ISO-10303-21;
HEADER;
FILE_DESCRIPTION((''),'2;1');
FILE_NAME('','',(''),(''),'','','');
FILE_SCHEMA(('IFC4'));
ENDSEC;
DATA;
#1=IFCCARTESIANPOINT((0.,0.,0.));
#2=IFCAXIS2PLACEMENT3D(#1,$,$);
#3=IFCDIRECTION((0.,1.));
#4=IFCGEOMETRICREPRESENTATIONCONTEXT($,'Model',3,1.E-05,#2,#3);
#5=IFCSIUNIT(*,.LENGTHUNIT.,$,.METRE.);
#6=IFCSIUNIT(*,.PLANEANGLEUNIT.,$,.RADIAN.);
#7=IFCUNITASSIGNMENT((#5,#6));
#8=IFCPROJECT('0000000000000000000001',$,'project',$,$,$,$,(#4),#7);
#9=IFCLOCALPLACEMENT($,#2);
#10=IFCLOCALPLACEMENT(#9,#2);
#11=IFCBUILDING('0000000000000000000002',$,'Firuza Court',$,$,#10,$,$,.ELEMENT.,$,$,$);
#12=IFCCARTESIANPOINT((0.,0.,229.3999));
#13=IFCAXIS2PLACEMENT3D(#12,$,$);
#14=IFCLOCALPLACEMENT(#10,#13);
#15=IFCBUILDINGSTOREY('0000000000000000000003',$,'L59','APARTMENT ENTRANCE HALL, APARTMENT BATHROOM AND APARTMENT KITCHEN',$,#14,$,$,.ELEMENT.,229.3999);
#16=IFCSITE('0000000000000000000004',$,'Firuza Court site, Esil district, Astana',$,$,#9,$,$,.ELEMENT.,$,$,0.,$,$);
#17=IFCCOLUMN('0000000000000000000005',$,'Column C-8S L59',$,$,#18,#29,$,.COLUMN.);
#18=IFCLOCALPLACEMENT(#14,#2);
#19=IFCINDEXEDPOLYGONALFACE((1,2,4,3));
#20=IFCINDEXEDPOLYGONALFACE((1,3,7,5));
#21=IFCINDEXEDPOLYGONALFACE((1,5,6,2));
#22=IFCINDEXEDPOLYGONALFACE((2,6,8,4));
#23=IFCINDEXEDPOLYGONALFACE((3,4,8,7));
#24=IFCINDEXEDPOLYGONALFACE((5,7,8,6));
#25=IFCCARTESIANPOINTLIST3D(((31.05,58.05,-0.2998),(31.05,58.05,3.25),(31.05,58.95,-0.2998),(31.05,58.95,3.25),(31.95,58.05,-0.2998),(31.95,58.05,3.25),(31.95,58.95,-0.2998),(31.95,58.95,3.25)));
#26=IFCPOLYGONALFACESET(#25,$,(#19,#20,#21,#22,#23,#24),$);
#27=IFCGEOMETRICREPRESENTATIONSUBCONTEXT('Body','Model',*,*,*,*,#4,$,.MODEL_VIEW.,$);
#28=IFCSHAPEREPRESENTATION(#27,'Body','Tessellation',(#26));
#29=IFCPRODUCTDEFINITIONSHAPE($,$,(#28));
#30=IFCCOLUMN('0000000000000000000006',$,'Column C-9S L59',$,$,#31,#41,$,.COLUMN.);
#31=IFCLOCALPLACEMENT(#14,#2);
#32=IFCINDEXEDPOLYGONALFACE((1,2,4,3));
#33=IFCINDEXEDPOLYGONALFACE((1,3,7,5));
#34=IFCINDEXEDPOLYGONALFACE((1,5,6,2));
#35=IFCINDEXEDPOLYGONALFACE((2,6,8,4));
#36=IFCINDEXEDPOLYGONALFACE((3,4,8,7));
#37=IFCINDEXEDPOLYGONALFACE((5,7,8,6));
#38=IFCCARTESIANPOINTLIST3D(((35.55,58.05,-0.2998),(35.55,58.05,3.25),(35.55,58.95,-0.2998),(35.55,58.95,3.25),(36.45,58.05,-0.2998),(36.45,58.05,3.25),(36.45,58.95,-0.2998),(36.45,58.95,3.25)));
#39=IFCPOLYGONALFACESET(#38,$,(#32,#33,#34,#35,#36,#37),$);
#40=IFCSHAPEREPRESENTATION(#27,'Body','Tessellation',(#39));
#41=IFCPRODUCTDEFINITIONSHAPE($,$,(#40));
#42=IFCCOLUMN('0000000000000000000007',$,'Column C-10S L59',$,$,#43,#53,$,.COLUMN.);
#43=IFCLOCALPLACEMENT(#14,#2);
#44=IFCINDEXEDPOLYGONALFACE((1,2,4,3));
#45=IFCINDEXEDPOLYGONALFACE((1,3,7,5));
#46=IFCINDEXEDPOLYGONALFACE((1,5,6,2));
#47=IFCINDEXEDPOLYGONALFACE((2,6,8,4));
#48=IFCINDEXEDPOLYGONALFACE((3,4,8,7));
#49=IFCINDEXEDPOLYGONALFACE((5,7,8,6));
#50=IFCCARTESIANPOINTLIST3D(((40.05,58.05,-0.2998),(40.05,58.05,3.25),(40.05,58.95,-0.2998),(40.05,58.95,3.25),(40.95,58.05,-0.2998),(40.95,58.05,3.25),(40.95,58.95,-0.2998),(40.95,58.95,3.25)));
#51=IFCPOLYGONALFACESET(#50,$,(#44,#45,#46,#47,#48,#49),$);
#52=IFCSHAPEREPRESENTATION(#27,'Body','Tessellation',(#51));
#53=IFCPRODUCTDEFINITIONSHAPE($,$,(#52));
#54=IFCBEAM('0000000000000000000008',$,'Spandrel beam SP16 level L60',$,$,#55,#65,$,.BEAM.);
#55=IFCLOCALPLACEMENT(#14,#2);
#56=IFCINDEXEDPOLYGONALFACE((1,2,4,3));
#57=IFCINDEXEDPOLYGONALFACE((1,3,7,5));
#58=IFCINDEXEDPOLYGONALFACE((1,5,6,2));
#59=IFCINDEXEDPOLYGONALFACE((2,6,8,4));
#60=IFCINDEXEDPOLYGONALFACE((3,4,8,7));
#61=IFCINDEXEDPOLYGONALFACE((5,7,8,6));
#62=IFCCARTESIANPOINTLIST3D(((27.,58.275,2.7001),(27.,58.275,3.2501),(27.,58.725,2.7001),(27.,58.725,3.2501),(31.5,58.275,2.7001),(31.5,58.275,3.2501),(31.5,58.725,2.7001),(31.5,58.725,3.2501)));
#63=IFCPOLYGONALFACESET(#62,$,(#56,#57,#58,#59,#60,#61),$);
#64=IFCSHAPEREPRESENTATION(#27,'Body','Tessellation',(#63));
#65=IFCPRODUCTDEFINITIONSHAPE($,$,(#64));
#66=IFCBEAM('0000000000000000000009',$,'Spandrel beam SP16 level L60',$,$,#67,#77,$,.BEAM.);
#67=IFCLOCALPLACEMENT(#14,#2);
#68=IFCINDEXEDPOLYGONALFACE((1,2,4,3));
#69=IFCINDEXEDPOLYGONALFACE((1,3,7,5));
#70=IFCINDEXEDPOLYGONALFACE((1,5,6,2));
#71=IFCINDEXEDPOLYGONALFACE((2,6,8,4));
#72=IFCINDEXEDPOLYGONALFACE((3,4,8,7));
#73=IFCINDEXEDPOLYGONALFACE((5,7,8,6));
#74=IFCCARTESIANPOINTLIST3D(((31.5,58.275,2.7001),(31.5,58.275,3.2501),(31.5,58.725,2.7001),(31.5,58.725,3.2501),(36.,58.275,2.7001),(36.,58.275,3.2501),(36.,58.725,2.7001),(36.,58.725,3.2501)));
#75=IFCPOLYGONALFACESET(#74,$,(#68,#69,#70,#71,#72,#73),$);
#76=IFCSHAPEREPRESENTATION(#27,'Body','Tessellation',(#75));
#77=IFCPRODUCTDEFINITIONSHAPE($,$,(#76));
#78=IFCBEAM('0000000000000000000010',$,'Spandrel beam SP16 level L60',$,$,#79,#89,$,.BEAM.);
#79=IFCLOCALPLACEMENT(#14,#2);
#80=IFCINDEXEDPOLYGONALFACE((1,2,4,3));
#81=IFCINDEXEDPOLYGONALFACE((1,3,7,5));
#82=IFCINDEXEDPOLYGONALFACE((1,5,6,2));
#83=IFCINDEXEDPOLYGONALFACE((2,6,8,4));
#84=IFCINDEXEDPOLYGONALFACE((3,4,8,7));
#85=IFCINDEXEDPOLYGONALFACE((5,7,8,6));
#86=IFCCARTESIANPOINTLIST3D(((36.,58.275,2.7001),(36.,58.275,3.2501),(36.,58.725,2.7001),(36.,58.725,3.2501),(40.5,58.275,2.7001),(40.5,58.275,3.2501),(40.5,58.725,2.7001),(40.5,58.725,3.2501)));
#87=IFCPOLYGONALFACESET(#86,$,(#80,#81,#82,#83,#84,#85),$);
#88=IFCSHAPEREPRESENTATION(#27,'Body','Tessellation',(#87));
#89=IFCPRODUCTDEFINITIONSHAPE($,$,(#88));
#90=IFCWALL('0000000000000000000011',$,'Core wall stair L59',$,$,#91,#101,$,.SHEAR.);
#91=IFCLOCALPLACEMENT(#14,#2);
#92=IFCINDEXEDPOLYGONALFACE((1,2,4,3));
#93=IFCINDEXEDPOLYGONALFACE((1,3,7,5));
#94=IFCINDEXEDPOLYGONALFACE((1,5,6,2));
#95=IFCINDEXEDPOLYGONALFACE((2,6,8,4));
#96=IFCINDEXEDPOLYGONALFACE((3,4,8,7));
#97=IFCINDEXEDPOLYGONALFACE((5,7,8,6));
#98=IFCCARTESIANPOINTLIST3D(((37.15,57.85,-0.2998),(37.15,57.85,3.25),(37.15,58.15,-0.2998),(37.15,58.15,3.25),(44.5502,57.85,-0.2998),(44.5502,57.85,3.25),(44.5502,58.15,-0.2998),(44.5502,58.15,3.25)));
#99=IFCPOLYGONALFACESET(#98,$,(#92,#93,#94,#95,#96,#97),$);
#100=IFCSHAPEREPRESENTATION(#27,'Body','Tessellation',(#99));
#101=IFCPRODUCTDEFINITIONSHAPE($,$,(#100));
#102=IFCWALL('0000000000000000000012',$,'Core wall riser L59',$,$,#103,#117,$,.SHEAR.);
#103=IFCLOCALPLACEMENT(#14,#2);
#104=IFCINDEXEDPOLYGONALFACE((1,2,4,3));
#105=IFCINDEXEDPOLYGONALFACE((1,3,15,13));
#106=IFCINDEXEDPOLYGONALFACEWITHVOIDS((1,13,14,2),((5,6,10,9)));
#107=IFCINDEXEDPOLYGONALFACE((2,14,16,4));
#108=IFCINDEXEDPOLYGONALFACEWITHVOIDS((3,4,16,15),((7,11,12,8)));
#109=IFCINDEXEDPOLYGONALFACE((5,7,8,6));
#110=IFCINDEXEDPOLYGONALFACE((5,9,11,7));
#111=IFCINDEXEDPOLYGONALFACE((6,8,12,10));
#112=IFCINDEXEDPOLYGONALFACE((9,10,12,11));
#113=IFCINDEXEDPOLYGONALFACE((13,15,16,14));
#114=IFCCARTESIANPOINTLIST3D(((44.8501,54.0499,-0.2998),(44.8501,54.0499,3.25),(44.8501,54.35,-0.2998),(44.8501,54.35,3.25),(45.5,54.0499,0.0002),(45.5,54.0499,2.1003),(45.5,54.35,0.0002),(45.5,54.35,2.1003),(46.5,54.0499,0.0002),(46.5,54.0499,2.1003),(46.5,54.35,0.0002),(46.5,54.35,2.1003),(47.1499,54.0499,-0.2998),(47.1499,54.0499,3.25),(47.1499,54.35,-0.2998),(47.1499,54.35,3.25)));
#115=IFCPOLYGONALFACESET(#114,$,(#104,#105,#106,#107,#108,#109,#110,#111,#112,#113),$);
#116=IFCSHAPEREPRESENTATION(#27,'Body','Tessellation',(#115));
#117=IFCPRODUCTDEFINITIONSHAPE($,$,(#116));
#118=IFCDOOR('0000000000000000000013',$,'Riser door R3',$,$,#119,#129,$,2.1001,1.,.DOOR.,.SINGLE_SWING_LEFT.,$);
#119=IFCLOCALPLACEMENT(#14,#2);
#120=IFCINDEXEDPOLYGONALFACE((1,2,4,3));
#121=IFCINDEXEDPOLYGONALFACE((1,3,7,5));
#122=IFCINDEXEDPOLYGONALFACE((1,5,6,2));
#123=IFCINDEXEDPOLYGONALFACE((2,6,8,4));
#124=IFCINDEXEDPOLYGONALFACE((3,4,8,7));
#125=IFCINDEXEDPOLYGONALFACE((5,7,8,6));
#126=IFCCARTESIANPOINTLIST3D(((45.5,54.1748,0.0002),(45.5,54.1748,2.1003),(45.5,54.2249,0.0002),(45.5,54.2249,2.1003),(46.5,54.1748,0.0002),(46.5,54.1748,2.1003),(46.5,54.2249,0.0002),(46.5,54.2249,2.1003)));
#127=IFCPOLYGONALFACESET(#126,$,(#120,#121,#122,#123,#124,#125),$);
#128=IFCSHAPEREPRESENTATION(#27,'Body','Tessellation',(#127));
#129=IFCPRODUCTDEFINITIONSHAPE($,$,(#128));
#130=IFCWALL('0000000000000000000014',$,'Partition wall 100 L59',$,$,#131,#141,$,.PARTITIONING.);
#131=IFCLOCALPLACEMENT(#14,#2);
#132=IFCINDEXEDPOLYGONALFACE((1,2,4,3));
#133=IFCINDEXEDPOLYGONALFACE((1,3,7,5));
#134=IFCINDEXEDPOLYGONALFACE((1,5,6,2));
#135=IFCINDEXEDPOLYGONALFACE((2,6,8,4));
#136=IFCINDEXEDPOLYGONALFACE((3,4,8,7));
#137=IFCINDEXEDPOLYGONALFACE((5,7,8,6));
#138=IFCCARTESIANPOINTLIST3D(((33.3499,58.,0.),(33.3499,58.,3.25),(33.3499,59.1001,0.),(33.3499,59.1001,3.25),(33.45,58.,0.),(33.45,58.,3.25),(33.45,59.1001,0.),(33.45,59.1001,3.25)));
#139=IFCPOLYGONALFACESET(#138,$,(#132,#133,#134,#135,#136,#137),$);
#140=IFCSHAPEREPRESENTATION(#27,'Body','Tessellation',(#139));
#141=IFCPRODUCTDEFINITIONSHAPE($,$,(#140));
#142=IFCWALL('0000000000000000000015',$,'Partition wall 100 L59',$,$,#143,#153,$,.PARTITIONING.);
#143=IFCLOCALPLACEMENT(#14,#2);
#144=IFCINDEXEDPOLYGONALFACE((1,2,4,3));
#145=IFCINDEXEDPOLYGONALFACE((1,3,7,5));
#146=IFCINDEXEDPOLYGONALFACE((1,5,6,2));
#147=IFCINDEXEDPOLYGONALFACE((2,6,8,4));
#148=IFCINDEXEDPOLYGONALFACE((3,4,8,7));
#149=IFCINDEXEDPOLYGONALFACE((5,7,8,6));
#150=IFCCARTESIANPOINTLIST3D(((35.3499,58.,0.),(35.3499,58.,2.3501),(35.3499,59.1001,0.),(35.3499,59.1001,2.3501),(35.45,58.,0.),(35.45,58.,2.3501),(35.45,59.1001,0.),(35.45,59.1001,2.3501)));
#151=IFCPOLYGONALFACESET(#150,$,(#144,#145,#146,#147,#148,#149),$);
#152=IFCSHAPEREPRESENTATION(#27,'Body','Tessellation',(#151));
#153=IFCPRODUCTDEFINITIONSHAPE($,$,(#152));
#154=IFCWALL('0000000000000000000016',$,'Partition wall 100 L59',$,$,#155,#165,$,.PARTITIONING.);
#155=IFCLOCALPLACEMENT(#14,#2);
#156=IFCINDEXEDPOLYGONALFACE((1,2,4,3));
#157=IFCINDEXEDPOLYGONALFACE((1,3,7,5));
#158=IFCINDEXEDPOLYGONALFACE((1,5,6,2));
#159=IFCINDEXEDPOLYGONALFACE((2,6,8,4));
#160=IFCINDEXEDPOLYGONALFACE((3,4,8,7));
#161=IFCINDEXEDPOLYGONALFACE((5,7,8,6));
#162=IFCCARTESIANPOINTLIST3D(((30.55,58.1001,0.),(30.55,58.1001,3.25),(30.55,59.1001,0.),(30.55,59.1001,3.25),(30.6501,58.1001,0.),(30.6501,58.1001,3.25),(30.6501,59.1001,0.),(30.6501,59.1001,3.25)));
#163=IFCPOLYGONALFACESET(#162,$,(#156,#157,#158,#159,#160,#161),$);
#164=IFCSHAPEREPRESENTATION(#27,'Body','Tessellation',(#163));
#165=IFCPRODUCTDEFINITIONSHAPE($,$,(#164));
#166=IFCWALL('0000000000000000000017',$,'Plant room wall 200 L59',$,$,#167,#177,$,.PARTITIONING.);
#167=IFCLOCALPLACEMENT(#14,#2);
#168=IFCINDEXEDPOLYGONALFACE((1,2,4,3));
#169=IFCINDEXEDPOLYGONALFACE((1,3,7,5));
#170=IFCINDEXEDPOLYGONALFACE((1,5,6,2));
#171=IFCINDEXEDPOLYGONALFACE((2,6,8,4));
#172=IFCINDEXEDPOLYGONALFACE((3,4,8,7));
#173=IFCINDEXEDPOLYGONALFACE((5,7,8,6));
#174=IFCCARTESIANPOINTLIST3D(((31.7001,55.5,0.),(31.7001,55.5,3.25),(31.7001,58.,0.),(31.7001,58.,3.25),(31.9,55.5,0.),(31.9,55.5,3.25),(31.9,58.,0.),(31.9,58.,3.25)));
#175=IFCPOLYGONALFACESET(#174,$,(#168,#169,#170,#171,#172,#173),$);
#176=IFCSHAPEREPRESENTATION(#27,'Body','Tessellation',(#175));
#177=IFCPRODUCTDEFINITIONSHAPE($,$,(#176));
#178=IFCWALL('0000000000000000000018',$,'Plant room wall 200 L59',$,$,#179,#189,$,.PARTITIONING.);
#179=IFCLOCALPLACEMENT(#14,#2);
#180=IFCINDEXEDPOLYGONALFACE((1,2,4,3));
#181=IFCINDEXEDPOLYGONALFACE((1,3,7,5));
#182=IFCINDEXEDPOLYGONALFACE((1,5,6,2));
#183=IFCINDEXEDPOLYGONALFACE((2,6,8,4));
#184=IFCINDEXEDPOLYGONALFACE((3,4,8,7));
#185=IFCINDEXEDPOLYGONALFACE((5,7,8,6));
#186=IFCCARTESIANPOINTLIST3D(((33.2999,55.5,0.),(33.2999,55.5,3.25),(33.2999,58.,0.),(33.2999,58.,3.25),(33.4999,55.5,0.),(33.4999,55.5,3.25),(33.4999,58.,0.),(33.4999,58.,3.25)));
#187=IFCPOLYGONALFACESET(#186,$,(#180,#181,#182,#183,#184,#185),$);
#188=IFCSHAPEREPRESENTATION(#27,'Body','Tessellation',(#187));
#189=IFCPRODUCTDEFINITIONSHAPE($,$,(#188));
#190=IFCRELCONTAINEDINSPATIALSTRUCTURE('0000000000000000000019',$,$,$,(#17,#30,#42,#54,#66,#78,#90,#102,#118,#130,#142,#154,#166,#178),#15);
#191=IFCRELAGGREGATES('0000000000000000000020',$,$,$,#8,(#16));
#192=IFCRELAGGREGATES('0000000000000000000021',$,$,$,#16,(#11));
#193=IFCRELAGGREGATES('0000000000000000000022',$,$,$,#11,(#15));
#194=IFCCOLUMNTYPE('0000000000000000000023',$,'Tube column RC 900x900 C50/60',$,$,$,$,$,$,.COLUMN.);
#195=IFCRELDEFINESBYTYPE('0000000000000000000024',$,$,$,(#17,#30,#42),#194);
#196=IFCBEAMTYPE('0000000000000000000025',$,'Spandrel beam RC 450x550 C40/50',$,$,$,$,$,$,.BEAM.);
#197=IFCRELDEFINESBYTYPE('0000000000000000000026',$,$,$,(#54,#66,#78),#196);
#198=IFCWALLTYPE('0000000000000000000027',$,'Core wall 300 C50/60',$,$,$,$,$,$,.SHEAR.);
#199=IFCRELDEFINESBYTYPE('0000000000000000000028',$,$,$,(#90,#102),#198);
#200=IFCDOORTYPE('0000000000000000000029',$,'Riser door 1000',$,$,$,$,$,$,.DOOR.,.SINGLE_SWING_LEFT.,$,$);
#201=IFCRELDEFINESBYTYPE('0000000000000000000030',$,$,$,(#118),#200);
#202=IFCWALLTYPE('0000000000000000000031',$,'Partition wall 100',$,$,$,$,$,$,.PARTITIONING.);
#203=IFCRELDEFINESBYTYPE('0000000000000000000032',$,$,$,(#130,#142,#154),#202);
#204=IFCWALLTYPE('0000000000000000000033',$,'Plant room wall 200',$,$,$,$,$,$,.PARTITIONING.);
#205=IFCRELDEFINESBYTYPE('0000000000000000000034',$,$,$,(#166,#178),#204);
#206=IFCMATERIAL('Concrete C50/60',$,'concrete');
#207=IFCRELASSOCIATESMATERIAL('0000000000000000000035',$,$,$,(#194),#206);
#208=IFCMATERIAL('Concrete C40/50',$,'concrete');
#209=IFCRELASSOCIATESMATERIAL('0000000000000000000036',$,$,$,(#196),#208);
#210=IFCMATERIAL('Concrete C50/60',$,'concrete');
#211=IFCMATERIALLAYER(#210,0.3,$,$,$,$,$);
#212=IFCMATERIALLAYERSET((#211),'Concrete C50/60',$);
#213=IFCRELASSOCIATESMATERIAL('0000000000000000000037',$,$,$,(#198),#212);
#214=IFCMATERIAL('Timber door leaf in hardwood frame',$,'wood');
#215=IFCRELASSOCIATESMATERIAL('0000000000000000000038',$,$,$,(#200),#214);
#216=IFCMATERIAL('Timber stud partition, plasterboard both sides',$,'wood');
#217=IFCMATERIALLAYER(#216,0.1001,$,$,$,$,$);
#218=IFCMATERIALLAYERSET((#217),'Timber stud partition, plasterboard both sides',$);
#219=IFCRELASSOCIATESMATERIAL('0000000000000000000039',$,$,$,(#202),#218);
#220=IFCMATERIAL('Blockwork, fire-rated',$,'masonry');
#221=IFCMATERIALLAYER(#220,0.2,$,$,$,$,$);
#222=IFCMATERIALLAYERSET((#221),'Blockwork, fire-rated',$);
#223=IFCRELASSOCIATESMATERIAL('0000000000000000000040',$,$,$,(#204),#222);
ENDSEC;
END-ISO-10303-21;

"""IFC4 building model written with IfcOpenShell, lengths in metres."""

from ifc_helpers import new_model, si_unit, direction, frame, frame_2d, origin, origin_2d, place, context, subcontext, project, spatial, rectangle, extrude, material, layer, layer_set, material_profile, profile_set, type_object, element, fill, save


model = new_model("IFC4")

# Units and contexts
model_context = context("Model", 3, precision=1e-05, world=origin(), true_north=direction((0.0, 1.0)))
body_context = subcontext(model_context, "Body", "Model", "MODEL_VIEW")
ifc_project = project(units=[si_unit("LENGTHUNIT", "METRE"), si_unit("PLANEANGLEUNIT", "RADIAN")], contexts=[model_context])

# Site, building, storey
site_placement = place(None, origin())
site = spatial("IfcSite", under=ifc_project, at=site_placement, Name="Firuza Court site, Esil district, Astana", CompositionType="ELEMENT", RefElevation=0.0)
building_placement = place(site_placement, origin())
building = spatial("IfcBuilding", under=site, at=building_placement, Name="Firuza Court", CompositionType="ELEMENT")
storey_placement = place(building_placement, frame((0.0, 0.0, 229.3999)))
storey = spatial("IfcBuildingStorey", under=building, at=storey_placement, Name="L59", Description="APARTMENT ENTRANCE HALL, APARTMENT BATHROOM AND APARTMENT KITCHEN", CompositionType="ELEMENT", Elevation=229.3999)

# Columns
ifc_material_1 = material(Name="Concrete C50/60", Category="concrete")
ifc_material_profile_1 = material_profile(ifc_material_1, rectangle(XDim=0.8999, YDim=0.8999, at=origin_2d()), Name="RC 900x900")
ifc_profile_set_1 = profile_set([ifc_material_profile_1], Name="Concrete C50/60")
column_type = type_object("IfcColumnType", Name="Tube column RC 900x900 C50/60", PredefinedType="COLUMN", material=ifc_profile_set_1)
for number, where, z_axis, x_axis, name in (
    (1, (31.5, 58.5, -0.2998), (0.0, 0.0, 1.0), (1.0, 0.0, 0.0), "Column C-8S L59"),
    (2, (36.0, 58.5, -0.2998), (0.0, 0.0, 1.0), (1.0, 0.0, 0.0), "Column C-9S L59"),
    (3, (40.5, 58.5, -0.2998), (0.0, 0.0, 1.0), (1.0, 0.0, 0.0), "Column C-10S L59"),
):
    element("IfcColumn", number, at=place(storey_placement, frame(where, z_axis=z_axis, x_axis=x_axis)), inside=storey, type_object=column_type, Name=name, PredefinedType="COLUMN", context=body_context, shape_type="SweptSolid", body=[
        extrude(rectangle(XDim=0.8999, YDim=0.8999, at=origin_2d()), origin(), (0.0, 0.0, 1.0), 3.5498),
    ])

# Beams
ifc_material_2 = material(Name="Concrete C40/50", Category="concrete")
ifc_material_profile_2 = material_profile(ifc_material_2, rectangle(XDim=0.45, YDim=0.55, at=origin_2d()), Name="RC 450x550")
ifc_profile_set_2 = profile_set([ifc_material_profile_2], Name="Concrete C40/50")
beam_type = type_object("IfcBeamType", Name="Spandrel beam RC 450x550 C40/50", PredefinedType="BEAM", material=ifc_profile_set_2)
for number, where, z_axis, x_axis, name in (
    (4, (31.5, 58.5, 2.9751), (-1.0, 0.0, 0.0), (0.0, -1.0, 0.0), "Spandrel beam SP16 level L60"),
    (5, (36.0, 58.5, 2.9751), (-1.0, 0.0, 0.0), (0.0, -1.0, 0.0), "Spandrel beam SP16 level L60"),
    (6, (40.5, 58.5, 2.9751), (-1.0, 0.0, 0.0), (0.0, -1.0, 0.0), "Spandrel beam SP16 level L60"),
):
    element("IfcBeam", number, at=place(storey_placement, frame(where, z_axis=z_axis, x_axis=x_axis)), inside=storey, type_object=beam_type, Name=name, PredefinedType="BEAM", context=body_context, shape_type="SweptSolid", body=[
        extrude(rectangle(XDim=0.45, YDim=0.55, at=origin_2d()), origin(), (0.0, 0.0, 1.0), 4.5),
    ])

# Wall
ifc_material_3 = material(Name="Concrete C50/60", Category="concrete")
ifc_layer_1 = layer(ifc_material_3, 0.3)
ifc_layer_set_1 = layer_set([ifc_layer_1], Name="Concrete C50/60")
wall_type_1 = type_object("IfcWallType", Name="Core wall 300 C50/60", PredefinedType="SHEAR", material=ifc_layer_set_1)
wall_1_placement = place(storey_placement, frame((37.1499, 58.0, -0.2998), z_axis=(0.0, 0.0, 1.0), x_axis=(1.0, 0.0, 0.0)))
element("IfcWall", 7, at=wall_1_placement, inside=storey, type_object=wall_type_1, Name="Core wall stair L59", PredefinedType="SHEAR", context=body_context, shape_type="SweptSolid", body=[
    extrude(rectangle(XDim=7.4001, YDim=0.3, at=frame_2d((3.7002, 0.0))), origin(), (0.0, 0.0, 1.0), 3.5498),
])

# Wall, opening, door
wall_2_placement = place(storey_placement, frame((44.8501, 54.2, -0.2998), z_axis=(0.0, 0.0, 1.0), x_axis=(1.0, 0.0, 0.0)))
wall_2 = element("IfcWall", 8, at=wall_2_placement, inside=storey, type_object=wall_type_1, Name="Core wall riser L59", PredefinedType="SHEAR", context=body_context, shape_type="SweptSolid", body=[
    extrude(rectangle(XDim=2.2998, YDim=0.3, at=frame_2d((1.1499, 0.0))), origin(), (0.0, 0.0, 1.0), 3.5498),
])
opening_1_placement = place(wall_2_placement, frame((0.6499, 0.0, 0.3)))
opening_1 = element("IfcOpeningElement", 9, at=opening_1_placement, cuts=wall_2, PredefinedType="OPENING", context=body_context, shape_type="SweptSolid", body=[
    extrude(rectangle(XDim=1.0, YDim=2.1001, at=frame_2d((0.5, 1.05))), frame((0.0, 0.1621, 0.0), z_axis=(0.0, -1.0, 0.0), x_axis=(1.0, 0.0, 0.0)), (0.0, 0.0, 1.0), 0.324),
])
ifc_material_4 = material(Name="Timber door leaf in hardwood frame", Category="wood")
door_type = type_object("IfcDoorType", Name="Riser door 1000", OperationType="SINGLE_SWING_LEFT", PredefinedType="DOOR", material=ifc_material_4)
door_1_placement = place(opening_1_placement, origin())
door_1 = element("IfcDoor", 10, at=door_1_placement, inside=storey, type_object=door_type, Name="Riser door R3", OperationType="SINGLE_SWING_LEFT", OverallHeight=2.1001, OverallWidth=1.0, PredefinedType="DOOR", context=body_context, shape_type="SweptSolid", body=[
    extrude(rectangle(XDim=1.0, YDim=2.1001, at=frame_2d((0.5, 1.05))), frame((0.0, 0.0249, 0.0), z_axis=(0.0, -1.0, 0.0), x_axis=(1.0, 0.0, 0.0)), (0.0, 0.0, 1.0), 0.05),
])
fill(opening_1, door_1)

# Walls
ifc_material_5 = material(Name="Timber stud partition, plasterboard both sides", Category="wood")
ifc_layer_2 = layer(ifc_material_5, 0.1001)
ifc_layer_set_2 = layer_set([ifc_layer_2], Name="Timber stud partition, plasterboard both sides")
wall_type_2 = type_object("IfcWallType", Name="Partition wall 100", PredefinedType="PARTITIONING", material=ifc_layer_set_2)
wall_3_placement = place(storey_placement, frame((33.3999, 58.0, 0.0), z_axis=(0.0, 0.0, 1.0), x_axis=(0.0, 1.0, 0.0)))
element("IfcWall", 11, at=wall_3_placement, inside=storey, type_object=wall_type_2, Name="Partition wall 100 L59", PredefinedType="PARTITIONING", context=body_context, shape_type="SweptSolid", body=[
    extrude(rectangle(XDim=1.1001, YDim=0.1001, at=frame_2d((0.55, 0.0))), origin(), (0.0, 0.0, 1.0), 3.25),
])
wall_4_placement = place(storey_placement, frame((35.3999, 58.0, 0.0), z_axis=(0.0, 0.0, 1.0), x_axis=(0.0, 1.0, 0.0)))
element("IfcWall", 12, at=wall_4_placement, inside=storey, type_object=wall_type_2, Name="Partition wall 100 L59", PredefinedType="PARTITIONING", context=body_context, shape_type="SweptSolid", body=[
    extrude(rectangle(XDim=1.1001, YDim=0.1001, at=frame_2d((0.55, 0.0))), origin(), (0.0, 0.0, 1.0), 2.3501),
])
wall_5_placement = place(storey_placement, frame((30.6001, 58.1001, 0.0), z_axis=(0.0, 0.0, 1.0), x_axis=(0.0, 1.0, 0.0)))
element("IfcWall", 13, at=wall_5_placement, inside=storey, type_object=wall_type_2, Name="Partition wall 100 L59", PredefinedType="PARTITIONING", context=body_context, shape_type="SweptSolid", body=[
    extrude(rectangle(XDim=1.0, YDim=0.1001, at=frame_2d((0.5, 0.0))), origin(), (0.0, 0.0, 1.0), 3.25),
])
ifc_material_6 = material(Name="Blockwork, fire-rated", Category="masonry")
ifc_layer_3 = layer(ifc_material_6, 0.2)
ifc_layer_set_3 = layer_set([ifc_layer_3], Name="Blockwork, fire-rated")
wall_type_3 = type_object("IfcWallType", Name="Plant room wall 200", PredefinedType="PARTITIONING", material=ifc_layer_set_3)
for number, where, z_axis, x_axis, name in (
    (14, (31.8, 55.5, 0.0), (0.0, 0.0, 1.0), (0.0, 1.0, 0.0), "Plant room wall 200 L59"),
    (15, (33.3999, 55.5, 0.0), (0.0, 0.0, 1.0), (0.0, 1.0, 0.0), "Plant room wall 200 L59"),
):
    element("IfcWall", number, at=place(storey_placement, frame(where, z_axis=z_axis, x_axis=x_axis)), inside=storey, type_object=wall_type_3, Name=name, PredefinedType="PARTITIONING", context=body_context, shape_type="SweptSolid", body=[
        extrude(rectangle(XDim=2.5, YDim=0.2, at=frame_2d((1.25, 0.0))), origin(), (0.0, 0.0, 1.0), 3.25),
    ])

save(model, "model.ifc")
